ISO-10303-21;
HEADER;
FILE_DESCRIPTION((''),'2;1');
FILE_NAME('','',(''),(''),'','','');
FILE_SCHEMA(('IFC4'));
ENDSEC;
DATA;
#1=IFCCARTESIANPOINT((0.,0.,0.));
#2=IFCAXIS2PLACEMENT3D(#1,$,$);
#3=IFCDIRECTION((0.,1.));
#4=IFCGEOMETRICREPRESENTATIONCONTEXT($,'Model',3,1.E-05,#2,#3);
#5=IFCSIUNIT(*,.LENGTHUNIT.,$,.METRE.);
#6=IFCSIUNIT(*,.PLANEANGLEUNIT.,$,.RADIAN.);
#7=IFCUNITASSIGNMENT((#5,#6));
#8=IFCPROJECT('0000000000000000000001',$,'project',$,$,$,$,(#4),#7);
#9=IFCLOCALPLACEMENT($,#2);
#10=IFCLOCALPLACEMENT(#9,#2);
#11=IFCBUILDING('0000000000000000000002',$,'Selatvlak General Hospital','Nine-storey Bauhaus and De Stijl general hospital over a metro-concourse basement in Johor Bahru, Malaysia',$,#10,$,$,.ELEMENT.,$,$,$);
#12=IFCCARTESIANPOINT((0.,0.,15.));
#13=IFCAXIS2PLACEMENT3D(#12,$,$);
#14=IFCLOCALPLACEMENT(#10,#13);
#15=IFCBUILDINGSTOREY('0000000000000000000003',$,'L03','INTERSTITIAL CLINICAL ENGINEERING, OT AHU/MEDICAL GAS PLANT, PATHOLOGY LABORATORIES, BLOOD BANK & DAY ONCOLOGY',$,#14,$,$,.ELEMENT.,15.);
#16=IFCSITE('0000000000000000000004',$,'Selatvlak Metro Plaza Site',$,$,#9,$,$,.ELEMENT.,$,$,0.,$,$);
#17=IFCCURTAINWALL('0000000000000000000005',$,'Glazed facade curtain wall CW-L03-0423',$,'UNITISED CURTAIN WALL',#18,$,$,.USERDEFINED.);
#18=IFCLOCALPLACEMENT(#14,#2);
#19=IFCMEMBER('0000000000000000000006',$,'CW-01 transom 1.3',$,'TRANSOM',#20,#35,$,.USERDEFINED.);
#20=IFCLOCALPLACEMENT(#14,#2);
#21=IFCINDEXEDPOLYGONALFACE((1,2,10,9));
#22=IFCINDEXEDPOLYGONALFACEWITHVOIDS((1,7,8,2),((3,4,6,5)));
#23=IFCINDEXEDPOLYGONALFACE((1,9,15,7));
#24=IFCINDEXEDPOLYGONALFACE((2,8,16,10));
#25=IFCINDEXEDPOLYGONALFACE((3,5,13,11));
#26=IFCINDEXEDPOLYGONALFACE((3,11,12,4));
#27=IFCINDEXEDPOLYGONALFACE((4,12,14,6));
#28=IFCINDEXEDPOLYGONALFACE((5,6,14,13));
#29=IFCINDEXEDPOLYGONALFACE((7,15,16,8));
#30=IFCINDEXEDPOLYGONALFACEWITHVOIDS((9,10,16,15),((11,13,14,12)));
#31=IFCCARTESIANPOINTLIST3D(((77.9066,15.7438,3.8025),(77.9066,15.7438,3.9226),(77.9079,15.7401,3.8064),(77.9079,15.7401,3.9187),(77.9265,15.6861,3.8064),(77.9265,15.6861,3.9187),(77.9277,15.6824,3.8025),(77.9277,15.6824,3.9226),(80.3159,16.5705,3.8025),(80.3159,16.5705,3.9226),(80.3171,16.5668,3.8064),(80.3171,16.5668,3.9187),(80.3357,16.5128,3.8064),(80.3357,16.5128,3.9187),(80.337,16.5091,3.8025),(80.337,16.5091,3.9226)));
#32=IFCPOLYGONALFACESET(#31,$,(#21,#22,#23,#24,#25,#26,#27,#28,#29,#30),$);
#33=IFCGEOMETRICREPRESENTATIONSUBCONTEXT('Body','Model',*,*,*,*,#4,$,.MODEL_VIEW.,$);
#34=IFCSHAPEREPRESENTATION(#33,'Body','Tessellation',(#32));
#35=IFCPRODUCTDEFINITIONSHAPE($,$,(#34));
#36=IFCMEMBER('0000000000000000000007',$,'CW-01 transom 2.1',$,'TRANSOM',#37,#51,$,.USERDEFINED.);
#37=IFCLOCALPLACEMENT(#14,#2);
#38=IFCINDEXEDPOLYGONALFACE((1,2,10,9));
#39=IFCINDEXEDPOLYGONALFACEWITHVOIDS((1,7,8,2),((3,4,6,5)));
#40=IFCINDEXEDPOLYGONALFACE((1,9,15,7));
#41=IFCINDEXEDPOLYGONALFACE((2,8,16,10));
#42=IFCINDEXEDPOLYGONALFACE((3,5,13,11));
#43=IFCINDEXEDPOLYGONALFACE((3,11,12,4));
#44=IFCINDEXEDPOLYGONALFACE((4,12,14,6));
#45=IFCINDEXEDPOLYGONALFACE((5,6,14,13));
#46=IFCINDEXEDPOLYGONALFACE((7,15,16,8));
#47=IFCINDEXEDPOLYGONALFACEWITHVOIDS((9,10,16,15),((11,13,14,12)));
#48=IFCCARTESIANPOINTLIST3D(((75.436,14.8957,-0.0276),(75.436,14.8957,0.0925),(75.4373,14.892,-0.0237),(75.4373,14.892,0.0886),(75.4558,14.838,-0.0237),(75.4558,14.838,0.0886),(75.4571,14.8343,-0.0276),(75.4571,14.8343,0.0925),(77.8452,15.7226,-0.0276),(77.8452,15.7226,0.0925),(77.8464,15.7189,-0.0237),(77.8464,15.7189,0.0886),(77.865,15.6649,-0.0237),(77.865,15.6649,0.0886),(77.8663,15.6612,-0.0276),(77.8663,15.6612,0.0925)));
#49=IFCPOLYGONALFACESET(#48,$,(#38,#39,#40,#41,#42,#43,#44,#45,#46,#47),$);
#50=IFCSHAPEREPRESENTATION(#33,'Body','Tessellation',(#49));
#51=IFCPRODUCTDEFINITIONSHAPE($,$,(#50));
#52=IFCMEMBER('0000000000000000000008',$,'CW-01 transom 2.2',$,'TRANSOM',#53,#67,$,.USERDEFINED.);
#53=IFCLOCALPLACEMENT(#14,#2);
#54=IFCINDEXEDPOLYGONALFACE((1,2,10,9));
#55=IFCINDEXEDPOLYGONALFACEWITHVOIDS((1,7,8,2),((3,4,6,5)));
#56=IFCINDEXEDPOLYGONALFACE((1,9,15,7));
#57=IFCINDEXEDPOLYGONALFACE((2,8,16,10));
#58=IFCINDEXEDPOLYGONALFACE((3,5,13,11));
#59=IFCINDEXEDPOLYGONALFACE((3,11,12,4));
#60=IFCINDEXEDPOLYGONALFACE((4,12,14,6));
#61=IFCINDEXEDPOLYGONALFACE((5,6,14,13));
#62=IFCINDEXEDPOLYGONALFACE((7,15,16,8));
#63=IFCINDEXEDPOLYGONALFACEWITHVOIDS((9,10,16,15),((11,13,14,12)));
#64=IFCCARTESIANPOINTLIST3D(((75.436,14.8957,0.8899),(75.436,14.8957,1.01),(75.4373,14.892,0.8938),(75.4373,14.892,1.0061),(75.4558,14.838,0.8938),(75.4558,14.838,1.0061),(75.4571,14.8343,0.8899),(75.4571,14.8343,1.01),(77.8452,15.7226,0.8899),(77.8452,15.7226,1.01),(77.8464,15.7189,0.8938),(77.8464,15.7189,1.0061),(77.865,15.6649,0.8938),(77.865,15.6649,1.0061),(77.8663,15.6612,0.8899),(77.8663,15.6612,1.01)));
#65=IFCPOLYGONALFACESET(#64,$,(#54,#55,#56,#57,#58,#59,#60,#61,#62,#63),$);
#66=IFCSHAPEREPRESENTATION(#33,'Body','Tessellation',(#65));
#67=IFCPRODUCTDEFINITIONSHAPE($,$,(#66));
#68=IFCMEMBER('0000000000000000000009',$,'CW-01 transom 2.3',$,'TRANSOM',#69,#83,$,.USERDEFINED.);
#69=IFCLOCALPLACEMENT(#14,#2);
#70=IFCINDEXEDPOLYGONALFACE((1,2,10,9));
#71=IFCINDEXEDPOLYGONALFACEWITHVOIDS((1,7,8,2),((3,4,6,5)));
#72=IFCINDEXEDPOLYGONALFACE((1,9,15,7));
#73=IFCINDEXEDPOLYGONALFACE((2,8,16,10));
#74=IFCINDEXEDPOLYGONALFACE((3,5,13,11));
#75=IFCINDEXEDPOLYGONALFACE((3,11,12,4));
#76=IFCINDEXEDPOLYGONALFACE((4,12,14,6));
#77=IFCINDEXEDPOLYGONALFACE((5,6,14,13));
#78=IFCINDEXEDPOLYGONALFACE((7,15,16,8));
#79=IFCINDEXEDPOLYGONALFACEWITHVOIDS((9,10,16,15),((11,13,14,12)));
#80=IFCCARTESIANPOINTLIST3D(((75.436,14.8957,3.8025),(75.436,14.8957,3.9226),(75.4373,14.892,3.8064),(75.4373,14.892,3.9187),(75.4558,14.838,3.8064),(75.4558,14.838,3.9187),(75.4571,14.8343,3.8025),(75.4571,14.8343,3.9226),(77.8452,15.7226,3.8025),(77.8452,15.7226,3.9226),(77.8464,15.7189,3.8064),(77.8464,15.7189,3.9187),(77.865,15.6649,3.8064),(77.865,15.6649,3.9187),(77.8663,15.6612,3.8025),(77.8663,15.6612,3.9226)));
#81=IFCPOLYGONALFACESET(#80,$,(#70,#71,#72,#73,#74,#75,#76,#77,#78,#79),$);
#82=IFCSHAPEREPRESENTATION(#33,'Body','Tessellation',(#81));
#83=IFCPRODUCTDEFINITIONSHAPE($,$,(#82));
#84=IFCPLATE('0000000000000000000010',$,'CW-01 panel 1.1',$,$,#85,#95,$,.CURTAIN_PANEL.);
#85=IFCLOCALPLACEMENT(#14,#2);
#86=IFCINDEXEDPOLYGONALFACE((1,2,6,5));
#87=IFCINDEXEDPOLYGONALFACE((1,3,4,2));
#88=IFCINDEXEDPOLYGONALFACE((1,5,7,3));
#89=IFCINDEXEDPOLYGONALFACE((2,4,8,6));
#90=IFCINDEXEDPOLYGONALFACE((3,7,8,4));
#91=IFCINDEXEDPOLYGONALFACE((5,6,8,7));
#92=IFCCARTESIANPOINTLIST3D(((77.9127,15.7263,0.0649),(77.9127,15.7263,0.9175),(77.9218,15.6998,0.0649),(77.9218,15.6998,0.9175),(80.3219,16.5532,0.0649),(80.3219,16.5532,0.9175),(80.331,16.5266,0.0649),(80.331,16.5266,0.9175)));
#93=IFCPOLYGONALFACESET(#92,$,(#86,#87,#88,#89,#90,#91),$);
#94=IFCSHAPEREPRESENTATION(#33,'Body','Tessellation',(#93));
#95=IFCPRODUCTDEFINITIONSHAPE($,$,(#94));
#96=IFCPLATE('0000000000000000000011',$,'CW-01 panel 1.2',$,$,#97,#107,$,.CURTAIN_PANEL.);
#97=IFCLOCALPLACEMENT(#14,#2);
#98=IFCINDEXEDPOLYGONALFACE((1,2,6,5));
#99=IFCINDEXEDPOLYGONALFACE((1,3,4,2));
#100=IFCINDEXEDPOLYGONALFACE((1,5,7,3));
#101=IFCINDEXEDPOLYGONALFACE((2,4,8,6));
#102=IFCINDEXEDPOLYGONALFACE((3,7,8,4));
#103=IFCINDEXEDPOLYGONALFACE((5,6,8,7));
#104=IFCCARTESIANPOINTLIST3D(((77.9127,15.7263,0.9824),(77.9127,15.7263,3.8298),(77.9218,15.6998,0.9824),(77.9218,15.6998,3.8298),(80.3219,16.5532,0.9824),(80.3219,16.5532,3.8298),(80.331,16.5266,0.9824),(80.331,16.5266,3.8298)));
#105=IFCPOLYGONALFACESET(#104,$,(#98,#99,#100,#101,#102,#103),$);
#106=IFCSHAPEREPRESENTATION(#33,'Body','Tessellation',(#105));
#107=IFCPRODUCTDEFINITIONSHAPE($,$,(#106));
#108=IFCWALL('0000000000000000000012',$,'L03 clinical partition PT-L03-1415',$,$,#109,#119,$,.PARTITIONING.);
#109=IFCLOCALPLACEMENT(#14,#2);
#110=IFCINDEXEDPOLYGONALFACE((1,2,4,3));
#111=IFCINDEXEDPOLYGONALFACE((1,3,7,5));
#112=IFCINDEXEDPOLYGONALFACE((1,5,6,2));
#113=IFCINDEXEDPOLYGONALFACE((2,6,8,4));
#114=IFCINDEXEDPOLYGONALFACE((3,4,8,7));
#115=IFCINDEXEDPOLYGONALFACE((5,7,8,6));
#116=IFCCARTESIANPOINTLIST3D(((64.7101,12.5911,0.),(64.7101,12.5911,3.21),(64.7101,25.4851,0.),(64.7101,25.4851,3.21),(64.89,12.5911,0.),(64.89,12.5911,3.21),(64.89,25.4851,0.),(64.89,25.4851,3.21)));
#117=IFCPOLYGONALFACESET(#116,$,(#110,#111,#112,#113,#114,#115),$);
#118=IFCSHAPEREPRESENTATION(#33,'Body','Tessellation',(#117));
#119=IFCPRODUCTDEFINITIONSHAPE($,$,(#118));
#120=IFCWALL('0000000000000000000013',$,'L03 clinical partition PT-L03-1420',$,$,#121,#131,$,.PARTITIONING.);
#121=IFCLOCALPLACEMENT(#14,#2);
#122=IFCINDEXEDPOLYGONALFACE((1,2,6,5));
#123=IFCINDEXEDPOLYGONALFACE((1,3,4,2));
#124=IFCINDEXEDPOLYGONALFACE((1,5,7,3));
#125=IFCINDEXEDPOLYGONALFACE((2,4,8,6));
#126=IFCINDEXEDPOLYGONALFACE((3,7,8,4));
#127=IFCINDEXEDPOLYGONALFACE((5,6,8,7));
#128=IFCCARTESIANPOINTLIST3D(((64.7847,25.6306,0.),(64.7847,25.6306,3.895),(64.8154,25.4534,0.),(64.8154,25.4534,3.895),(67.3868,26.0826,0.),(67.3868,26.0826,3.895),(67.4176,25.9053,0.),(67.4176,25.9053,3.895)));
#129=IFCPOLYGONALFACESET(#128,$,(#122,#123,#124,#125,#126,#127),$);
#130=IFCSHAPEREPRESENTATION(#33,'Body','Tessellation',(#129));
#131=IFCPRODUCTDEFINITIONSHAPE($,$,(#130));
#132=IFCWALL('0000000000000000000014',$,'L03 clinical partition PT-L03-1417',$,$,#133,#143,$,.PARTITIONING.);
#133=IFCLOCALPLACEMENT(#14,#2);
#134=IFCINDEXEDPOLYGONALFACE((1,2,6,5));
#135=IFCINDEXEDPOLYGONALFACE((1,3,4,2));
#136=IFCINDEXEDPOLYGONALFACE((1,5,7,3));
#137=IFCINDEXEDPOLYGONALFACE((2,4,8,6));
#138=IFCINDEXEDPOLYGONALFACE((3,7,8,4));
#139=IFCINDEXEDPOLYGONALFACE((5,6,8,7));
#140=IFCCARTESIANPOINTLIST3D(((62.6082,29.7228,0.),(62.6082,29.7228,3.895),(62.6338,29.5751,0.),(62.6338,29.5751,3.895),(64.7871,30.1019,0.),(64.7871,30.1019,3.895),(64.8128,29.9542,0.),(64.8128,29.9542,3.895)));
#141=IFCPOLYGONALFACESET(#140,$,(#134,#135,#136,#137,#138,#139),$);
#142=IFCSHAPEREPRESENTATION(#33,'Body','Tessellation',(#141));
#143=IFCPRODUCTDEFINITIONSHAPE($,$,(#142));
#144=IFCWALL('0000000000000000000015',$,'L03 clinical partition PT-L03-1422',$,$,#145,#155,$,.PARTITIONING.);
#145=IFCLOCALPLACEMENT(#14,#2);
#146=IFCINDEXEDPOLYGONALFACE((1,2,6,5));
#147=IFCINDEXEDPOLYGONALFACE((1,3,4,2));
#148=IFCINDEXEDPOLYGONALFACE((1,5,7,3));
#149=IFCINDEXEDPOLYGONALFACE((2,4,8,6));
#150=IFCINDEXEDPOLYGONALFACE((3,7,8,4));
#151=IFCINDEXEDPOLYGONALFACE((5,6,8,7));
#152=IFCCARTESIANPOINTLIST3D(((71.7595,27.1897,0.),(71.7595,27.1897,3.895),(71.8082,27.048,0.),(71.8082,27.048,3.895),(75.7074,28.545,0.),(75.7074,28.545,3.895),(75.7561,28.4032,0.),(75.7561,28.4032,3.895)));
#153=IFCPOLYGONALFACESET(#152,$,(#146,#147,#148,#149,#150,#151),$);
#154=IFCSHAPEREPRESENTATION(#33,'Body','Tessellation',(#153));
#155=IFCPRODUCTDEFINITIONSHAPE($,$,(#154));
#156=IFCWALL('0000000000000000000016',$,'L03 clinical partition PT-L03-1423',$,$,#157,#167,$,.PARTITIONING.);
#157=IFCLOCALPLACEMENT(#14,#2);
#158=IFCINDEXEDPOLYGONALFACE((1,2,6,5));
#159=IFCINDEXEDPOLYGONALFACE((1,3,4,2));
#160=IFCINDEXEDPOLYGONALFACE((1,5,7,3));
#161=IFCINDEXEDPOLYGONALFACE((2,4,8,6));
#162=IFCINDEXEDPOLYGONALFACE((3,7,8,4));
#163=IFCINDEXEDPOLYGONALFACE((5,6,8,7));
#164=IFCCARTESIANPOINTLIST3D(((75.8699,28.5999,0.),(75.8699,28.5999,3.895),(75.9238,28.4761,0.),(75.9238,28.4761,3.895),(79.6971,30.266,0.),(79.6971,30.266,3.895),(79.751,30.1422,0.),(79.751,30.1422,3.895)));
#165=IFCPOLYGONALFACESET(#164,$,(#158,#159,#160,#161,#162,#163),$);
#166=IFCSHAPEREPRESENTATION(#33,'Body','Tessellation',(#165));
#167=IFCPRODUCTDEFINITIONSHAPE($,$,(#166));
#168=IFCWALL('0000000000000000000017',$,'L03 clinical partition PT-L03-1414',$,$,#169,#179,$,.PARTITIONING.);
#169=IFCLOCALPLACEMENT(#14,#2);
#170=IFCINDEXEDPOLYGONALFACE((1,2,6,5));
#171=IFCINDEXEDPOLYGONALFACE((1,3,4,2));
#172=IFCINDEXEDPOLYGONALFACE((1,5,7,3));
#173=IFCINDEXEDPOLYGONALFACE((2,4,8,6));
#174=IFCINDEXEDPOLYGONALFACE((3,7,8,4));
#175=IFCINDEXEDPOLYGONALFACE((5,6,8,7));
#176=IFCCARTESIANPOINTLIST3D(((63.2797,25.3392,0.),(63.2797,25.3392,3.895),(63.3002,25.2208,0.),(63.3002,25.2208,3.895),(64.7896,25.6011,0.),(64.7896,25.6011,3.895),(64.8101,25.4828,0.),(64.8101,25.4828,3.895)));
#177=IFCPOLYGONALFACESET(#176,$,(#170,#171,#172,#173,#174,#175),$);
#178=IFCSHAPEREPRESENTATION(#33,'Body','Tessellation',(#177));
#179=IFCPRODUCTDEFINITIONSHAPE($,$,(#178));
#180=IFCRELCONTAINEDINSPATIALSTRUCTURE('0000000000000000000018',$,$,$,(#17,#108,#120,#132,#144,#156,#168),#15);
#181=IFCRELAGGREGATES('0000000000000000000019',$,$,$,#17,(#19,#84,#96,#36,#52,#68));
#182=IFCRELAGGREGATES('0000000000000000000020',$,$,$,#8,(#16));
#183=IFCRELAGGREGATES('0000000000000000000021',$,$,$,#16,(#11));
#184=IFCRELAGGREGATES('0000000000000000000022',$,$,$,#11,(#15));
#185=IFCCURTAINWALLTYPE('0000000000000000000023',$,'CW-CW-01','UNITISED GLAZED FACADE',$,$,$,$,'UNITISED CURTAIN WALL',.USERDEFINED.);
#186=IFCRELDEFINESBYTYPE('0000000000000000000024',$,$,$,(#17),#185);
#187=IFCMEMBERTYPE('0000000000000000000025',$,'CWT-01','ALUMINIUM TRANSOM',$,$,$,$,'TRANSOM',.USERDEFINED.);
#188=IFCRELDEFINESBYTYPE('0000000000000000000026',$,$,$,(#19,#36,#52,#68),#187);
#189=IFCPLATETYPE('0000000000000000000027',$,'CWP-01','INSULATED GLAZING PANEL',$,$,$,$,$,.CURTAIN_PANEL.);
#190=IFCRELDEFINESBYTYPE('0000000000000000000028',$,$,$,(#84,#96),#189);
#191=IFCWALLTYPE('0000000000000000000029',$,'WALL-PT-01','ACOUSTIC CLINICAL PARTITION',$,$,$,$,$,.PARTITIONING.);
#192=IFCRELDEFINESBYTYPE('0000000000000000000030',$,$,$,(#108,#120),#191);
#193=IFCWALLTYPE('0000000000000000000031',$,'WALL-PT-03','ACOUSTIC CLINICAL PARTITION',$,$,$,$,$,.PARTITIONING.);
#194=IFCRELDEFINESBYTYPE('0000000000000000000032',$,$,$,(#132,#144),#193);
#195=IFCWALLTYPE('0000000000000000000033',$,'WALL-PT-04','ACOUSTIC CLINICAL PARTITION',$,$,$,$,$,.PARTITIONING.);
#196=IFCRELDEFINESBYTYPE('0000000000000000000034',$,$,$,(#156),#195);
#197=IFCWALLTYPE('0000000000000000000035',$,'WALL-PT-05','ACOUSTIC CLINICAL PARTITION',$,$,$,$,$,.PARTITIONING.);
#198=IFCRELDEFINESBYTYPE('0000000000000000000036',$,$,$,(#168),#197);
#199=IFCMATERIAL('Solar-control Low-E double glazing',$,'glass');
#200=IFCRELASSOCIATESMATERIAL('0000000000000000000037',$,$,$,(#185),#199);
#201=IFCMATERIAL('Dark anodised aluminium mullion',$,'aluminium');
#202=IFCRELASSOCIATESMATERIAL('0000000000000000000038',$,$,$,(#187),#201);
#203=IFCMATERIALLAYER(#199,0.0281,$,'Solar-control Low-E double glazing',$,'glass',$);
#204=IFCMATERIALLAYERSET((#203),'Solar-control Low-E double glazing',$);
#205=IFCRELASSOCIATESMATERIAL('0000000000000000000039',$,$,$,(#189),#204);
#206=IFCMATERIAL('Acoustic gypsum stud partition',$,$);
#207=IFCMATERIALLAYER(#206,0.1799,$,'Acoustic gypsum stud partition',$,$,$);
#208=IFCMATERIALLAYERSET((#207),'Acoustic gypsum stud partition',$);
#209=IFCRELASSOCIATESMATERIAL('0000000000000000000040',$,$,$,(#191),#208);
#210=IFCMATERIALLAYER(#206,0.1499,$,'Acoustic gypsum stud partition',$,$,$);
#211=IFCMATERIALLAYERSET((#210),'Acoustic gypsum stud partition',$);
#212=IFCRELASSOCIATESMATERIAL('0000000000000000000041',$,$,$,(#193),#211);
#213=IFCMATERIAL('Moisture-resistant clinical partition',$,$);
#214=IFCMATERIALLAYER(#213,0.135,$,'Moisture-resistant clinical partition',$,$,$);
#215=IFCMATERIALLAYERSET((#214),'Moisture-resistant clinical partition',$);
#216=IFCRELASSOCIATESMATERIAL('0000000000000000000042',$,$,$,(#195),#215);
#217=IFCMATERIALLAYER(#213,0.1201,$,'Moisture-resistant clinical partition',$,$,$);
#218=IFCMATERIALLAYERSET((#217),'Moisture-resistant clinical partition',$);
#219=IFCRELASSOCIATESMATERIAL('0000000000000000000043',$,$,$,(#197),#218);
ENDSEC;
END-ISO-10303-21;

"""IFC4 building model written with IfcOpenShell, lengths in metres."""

from ifc_helpers import new_model, si_unit, direction, frame, frame_2d, origin, origin_2d, place, context, subcontext, project, spatial, rectangle, hollow_rectangle, extrude, material, layer, layer_set, material_profile, profile_set, type_object, element, aggregate, save


model = new_model("IFC4")

# Units and contexts
model_context = context("Model", 3, precision=1e-05, world=origin(), true_north=direction((0.0, 1.0)))
body_context = subcontext(model_context, "Body", "Model", "MODEL_VIEW")
ifc_project = project(units=[si_unit("LENGTHUNIT", "METRE"), si_unit("PLANEANGLEUNIT", "RADIAN")], contexts=[model_context])

# Site, building, storey
site_placement = place(None, origin())
site = spatial("IfcSite", under=ifc_project, at=site_placement, Name="Selatvlak Metro Plaza Site", CompositionType="ELEMENT", RefElevation=0.0)
building_placement = place(site_placement, origin())
building = spatial("IfcBuilding", under=site, at=building_placement, Name="Selatvlak General Hospital", Description="Nine-storey Bauhaus and De Stijl general hospital over a metro-concourse basement in Johor Bahru, Malaysia", CompositionType="ELEMENT")
storey_placement = place(building_placement, frame((0.0, 0.0, 15.0)))
storey = spatial("IfcBuildingStorey", under=building, at=storey_placement, Name="L03", Description="INTERSTITIAL CLINICAL ENGINEERING, OT AHU/MEDICAL GAS PLANT, PATHOLOGY LABORATORIES, BLOOD BANK & DAY ONCOLOGY", CompositionType="ELEMENT", Elevation=15.0)

# Shared definitions
ifc_material_1 = material(Name="Solar-control Low-E double glazing", Category="glass")
ifc_material_2 = material(Name="Dark anodised aluminium mullion", Category="aluminium")

# Curtain wall, members, plates
curtain_wall_type_1 = type_object("IfcCurtainWallType", Name="CW-CW-01", Description="UNITISED GLAZED FACADE", ElementType="UNITISED CURTAIN WALL", PredefinedType="USERDEFINED", material=ifc_material_1)
curtain_wall_1_placement = place(storey_placement, origin())
curtain_wall_1 = element("IfcCurtainWall", 1, at=curtain_wall_1_placement, inside=storey, type_object=curtain_wall_type_1, Name="Glazed facade curtain wall CW-L03-0423", ObjectType="UNITISED CURTAIN WALL", PredefinedType="USERDEFINED")
ifc_material_profile_1 = material_profile(ifc_material_2, hollow_rectangle(XDim=0.0649, YDim=0.1201, WallThickness=0.0039, at=origin_2d()), Name="AL-TRN 65x120x4")
ifc_profile_set_1 = profile_set([ifc_material_profile_1], Name="Dark anodised aluminium mullion")
member_type_1 = type_object("IfcMemberType", Name="CWT-01", Description="ALUMINIUM TRANSOM", ElementType="TRANSOM", PredefinedType="USERDEFINED", material=ifc_profile_set_1)
member_1_placement = place(storey_placement, frame((80.3264, 16.5398, 3.8625), z_axis=(-0.945867, -0.324555, 0.0), x_axis=(0.324555, -0.945867, 0.0)))
member_1 = element("IfcMember", 2, at=member_1_placement, type_object=member_type_1, Name="CW-01 transom 1.3", ObjectType="TRANSOM", PredefinedType="USERDEFINED", context=body_context, shape_type="SweptSolid", body=[
    extrude(hollow_rectangle(XDim=0.0649, YDim=0.1201, WallThickness=0.0039, at=origin_2d()), origin(), (0.0, 0.0, 1.0), 2.5471),
])
member_2_placement = place(storey_placement, frame((77.8557, 15.6919, 0.0325), z_axis=(-0.945838, -0.32464, 0.0), x_axis=(0.32464, -0.945838, 0.0)))
member_2 = element("IfcMember", 3, at=member_2_placement, type_object=member_type_1, Name="CW-01 transom 2.1", ObjectType="TRANSOM", PredefinedType="USERDEFINED", context=body_context, shape_type="SweptSolid", body=[
    extrude(hollow_rectangle(XDim=0.0649, YDim=0.1201, WallThickness=0.0039, at=origin_2d()), origin(), (0.0, 0.0, 1.0), 2.5471),
])
member_3_placement = place(storey_placement, frame((77.8557, 15.6919, 0.95), z_axis=(-0.945838, -0.32464, 0.0), x_axis=(0.32464, -0.945838, 0.0)))
member_3 = element("IfcMember", 4, at=member_3_placement, type_object=member_type_1, Name="CW-01 transom 2.2", ObjectType="TRANSOM", PredefinedType="USERDEFINED", context=body_context, shape_type="SweptSolid", body=[
    extrude(hollow_rectangle(XDim=0.0649, YDim=0.1201, WallThickness=0.0039, at=origin_2d()), origin(), (0.0, 0.0, 1.0), 2.5471),
])
member_4_placement = place(storey_placement, frame((77.8557, 15.6919, 3.8625), z_axis=(-0.945838, -0.32464, 0.0), x_axis=(0.32464, -0.945838, 0.0)))
member_4 = element("IfcMember", 5, at=member_4_placement, type_object=member_type_1, Name="CW-01 transom 2.3", ObjectType="TRANSOM", PredefinedType="USERDEFINED", context=body_context, shape_type="SweptSolid", body=[
    extrude(hollow_rectangle(XDim=0.0649, YDim=0.1201, WallThickness=0.0039, at=origin_2d()), origin(), (0.0, 0.0, 1.0), 2.5471),
])
ifc_layer_1 = layer(ifc_material_1, 0.0281, Name="Solar-control Low-E double glazing", Category="glass")
ifc_layer_set_1 = layer_set([ifc_layer_1], Name="Solar-control Low-E double glazing")
plate_type = type_object("IfcPlateType", Name="CWP-01", Description="INSULATED GLAZING PANEL", PredefinedType="CURTAIN_PANEL", material=ifc_layer_set_1)
plate_1_placement = place(storey_placement, frame((79.1218, 16.1265, 0.0649), z_axis=(0.0, 0.0, 1.0), x_axis=(-0.945848, -0.324609, 0.0)))
plate_1 = element("IfcPlate", 6, at=plate_1_placement, type_object=plate_type, Name="CW-01 panel 1.1", PredefinedType="CURTAIN_PANEL", context=body_context, shape_type="SweptSolid", body=[
    extrude(rectangle(XDim=2.5471, YDim=0.0281, at=origin_2d()), origin(), (0.0, 0.0, 1.0), 0.8525),
])
plate_2_placement = place(storey_placement, frame((79.1218, 16.1265, 0.9824), z_axis=(0.0, 0.0, 1.0), x_axis=(-0.945848, -0.324609, 0.0)))
plate_2 = element("IfcPlate", 7, at=plate_2_placement, type_object=plate_type, Name="CW-01 panel 1.2", PredefinedType="CURTAIN_PANEL", context=body_context, shape_type="SweptSolid", body=[
    extrude(rectangle(XDim=2.5471, YDim=0.0281, at=origin_2d()), origin(), (0.0, 0.0, 1.0), 2.8474),
])
aggregate(curtain_wall_1, [member_1, plate_1, plate_2, member_2, member_3, member_4])

# Walls
ifc_material_3 = material(Name="Acoustic gypsum stud partition")
ifc_layer_2 = layer(ifc_material_3, 0.1799, Name="Acoustic gypsum stud partition")
ifc_layer_set_2 = layer_set([ifc_layer_2], Name="Acoustic gypsum stud partition")
wall_type_1 = type_object("IfcWallType", Name="WALL-PT-01", Description="ACOUSTIC CLINICAL PARTITION", PredefinedType="PARTITIONING", material=ifc_layer_set_2)
wall_1_placement = place(storey_placement, frame((64.8, 25.4851, 0.0), z_axis=(0.0, 0.0, 1.0), x_axis=(0.0, -1.0, 0.0)))
element("IfcWall", 8, at=wall_1_placement, inside=storey, type_object=wall_type_1, Name="L03 clinical partition PT-L03-1415", PredefinedType="PARTITIONING", context=body_context, shape_type="SweptSolid", body=[
    extrude(rectangle(XDim=12.894, YDim=0.1799, at=frame_2d((6.447, 0.0))), origin(), (0.0, 0.0, 1.0), 3.21),
])
wall_2_placement = place(storey_placement, frame((64.8, 25.542, 0.0), z_axis=(0.0, 0.0, 1.0), x_axis=(0.985252, 0.171111, 0.0)))
element("IfcWall", 9, at=wall_2_placement, inside=storey, type_object=wall_type_1, Name="L03 clinical partition PT-L03-1420", PredefinedType="PARTITIONING", context=body_context, shape_type="SweptSolid", body=[
    extrude(rectangle(XDim=2.6411, YDim=0.1799, at=frame_2d((1.3206, 0.0))), origin(), (0.0, 0.0, 1.0), 3.895),
])

# Walls
ifc_layer_3 = layer(ifc_material_3, 0.1499, Name="Acoustic gypsum stud partition")
ifc_layer_set_3 = layer_set([ifc_layer_3], Name="Acoustic gypsum stud partition")
wall_type_2 = type_object("IfcWallType", Name="WALL-PT-03", Description="ACOUSTIC CLINICAL PARTITION", PredefinedType="PARTITIONING", material=ifc_layer_set_3)
wall_3_placement = place(storey_placement, frame((64.8, 30.0281, 0.0), z_axis=(0.0, 0.0, 1.0), x_axis=(-0.985196, -0.17143, 0.0)))
element("IfcWall", 10, at=wall_3_placement, inside=storey, type_object=wall_type_2, Name="L03 clinical partition PT-L03-1417", PredefinedType="PARTITIONING", context=body_context, shape_type="SweptSolid", body=[
    extrude(rectangle(XDim=2.2117, YDim=0.1499, at=frame_2d((1.106, 0.0))), origin(), (0.0, 0.0, 1.0), 3.895),
])
wall_4_placement = place(storey_placement, frame((71.7839, 27.1189, 0.0), z_axis=(0.0, 0.0, 1.0), x_axis=(0.945826, 0.324673, 0.0)))
element("IfcWall", 11, at=wall_4_placement, inside=storey, type_object=wall_type_2, Name="L03 clinical partition PT-L03-1422", PredefinedType="PARTITIONING", context=body_context, shape_type="SweptSolid", body=[
    extrude(rectangle(XDim=4.1741, YDim=0.1499, at=frame_2d((2.0869, 0.0))), origin(), (0.0, 0.0, 1.0), 3.895),
])

# Shared definitions
ifc_material_4 = material(Name="Moisture-resistant clinical partition")
ifc_layer_4 = layer(ifc_material_4, 0.135, Name="Moisture-resistant clinical partition")
ifc_layer_set_4 = layer_set([ifc_layer_4], Name="Moisture-resistant clinical partition")
wall_type_3 = type_object("IfcWallType", Name="WALL-PT-04", Description="ACOUSTIC CLINICAL PARTITION", PredefinedType="PARTITIONING", material=ifc_layer_set_4)

# Walls
wall_5_placement = place(storey_placement, frame((75.897, 28.5381, 0.0), z_axis=(0.0, 0.0, 1.0), x_axis=(0.916891, 0.399137, 0.0)))
element("IfcWall", 12, at=wall_5_placement, inside=storey, type_object=wall_type_3, Name="L03 clinical partition PT-L03-1423", PredefinedType="PARTITIONING", context=body_context, shape_type="SweptSolid", body=[
    extrude(rectangle(XDim=4.1741, YDim=0.135, at=frame_2d((2.0869, 0.0))), origin(), (0.0, 0.0, 1.0), 3.895),
])
ifc_layer_5 = layer(ifc_material_4, 0.1201, Name="Moisture-resistant clinical partition")
ifc_layer_set_5 = layer_set([ifc_layer_5], Name="Moisture-resistant clinical partition")
wall_type_4 = type_object("IfcWallType", Name="WALL-PT-05", Description="ACOUSTIC CLINICAL PARTITION", PredefinedType="PARTITIONING", material=ifc_layer_set_5)
wall_6_placement = place(storey_placement, frame((63.29, 25.28, 0.0), z_axis=(0.0, 0.0, 1.0), x_axis=(0.985283, 0.170931, 0.0)))
element("IfcWall", 13, at=wall_6_placement, inside=storey, type_object=wall_type_4, Name="L03 clinical partition PT-L03-1414", PredefinedType="PARTITIONING", context=body_context, shape_type="SweptSolid", body=[
    extrude(rectangle(XDim=1.5325, YDim=0.1201, at=frame_2d((0.7661, 0.0))), origin(), (0.0, 0.0, 1.0), 3.895),
])

save(model, "model.ifc")
